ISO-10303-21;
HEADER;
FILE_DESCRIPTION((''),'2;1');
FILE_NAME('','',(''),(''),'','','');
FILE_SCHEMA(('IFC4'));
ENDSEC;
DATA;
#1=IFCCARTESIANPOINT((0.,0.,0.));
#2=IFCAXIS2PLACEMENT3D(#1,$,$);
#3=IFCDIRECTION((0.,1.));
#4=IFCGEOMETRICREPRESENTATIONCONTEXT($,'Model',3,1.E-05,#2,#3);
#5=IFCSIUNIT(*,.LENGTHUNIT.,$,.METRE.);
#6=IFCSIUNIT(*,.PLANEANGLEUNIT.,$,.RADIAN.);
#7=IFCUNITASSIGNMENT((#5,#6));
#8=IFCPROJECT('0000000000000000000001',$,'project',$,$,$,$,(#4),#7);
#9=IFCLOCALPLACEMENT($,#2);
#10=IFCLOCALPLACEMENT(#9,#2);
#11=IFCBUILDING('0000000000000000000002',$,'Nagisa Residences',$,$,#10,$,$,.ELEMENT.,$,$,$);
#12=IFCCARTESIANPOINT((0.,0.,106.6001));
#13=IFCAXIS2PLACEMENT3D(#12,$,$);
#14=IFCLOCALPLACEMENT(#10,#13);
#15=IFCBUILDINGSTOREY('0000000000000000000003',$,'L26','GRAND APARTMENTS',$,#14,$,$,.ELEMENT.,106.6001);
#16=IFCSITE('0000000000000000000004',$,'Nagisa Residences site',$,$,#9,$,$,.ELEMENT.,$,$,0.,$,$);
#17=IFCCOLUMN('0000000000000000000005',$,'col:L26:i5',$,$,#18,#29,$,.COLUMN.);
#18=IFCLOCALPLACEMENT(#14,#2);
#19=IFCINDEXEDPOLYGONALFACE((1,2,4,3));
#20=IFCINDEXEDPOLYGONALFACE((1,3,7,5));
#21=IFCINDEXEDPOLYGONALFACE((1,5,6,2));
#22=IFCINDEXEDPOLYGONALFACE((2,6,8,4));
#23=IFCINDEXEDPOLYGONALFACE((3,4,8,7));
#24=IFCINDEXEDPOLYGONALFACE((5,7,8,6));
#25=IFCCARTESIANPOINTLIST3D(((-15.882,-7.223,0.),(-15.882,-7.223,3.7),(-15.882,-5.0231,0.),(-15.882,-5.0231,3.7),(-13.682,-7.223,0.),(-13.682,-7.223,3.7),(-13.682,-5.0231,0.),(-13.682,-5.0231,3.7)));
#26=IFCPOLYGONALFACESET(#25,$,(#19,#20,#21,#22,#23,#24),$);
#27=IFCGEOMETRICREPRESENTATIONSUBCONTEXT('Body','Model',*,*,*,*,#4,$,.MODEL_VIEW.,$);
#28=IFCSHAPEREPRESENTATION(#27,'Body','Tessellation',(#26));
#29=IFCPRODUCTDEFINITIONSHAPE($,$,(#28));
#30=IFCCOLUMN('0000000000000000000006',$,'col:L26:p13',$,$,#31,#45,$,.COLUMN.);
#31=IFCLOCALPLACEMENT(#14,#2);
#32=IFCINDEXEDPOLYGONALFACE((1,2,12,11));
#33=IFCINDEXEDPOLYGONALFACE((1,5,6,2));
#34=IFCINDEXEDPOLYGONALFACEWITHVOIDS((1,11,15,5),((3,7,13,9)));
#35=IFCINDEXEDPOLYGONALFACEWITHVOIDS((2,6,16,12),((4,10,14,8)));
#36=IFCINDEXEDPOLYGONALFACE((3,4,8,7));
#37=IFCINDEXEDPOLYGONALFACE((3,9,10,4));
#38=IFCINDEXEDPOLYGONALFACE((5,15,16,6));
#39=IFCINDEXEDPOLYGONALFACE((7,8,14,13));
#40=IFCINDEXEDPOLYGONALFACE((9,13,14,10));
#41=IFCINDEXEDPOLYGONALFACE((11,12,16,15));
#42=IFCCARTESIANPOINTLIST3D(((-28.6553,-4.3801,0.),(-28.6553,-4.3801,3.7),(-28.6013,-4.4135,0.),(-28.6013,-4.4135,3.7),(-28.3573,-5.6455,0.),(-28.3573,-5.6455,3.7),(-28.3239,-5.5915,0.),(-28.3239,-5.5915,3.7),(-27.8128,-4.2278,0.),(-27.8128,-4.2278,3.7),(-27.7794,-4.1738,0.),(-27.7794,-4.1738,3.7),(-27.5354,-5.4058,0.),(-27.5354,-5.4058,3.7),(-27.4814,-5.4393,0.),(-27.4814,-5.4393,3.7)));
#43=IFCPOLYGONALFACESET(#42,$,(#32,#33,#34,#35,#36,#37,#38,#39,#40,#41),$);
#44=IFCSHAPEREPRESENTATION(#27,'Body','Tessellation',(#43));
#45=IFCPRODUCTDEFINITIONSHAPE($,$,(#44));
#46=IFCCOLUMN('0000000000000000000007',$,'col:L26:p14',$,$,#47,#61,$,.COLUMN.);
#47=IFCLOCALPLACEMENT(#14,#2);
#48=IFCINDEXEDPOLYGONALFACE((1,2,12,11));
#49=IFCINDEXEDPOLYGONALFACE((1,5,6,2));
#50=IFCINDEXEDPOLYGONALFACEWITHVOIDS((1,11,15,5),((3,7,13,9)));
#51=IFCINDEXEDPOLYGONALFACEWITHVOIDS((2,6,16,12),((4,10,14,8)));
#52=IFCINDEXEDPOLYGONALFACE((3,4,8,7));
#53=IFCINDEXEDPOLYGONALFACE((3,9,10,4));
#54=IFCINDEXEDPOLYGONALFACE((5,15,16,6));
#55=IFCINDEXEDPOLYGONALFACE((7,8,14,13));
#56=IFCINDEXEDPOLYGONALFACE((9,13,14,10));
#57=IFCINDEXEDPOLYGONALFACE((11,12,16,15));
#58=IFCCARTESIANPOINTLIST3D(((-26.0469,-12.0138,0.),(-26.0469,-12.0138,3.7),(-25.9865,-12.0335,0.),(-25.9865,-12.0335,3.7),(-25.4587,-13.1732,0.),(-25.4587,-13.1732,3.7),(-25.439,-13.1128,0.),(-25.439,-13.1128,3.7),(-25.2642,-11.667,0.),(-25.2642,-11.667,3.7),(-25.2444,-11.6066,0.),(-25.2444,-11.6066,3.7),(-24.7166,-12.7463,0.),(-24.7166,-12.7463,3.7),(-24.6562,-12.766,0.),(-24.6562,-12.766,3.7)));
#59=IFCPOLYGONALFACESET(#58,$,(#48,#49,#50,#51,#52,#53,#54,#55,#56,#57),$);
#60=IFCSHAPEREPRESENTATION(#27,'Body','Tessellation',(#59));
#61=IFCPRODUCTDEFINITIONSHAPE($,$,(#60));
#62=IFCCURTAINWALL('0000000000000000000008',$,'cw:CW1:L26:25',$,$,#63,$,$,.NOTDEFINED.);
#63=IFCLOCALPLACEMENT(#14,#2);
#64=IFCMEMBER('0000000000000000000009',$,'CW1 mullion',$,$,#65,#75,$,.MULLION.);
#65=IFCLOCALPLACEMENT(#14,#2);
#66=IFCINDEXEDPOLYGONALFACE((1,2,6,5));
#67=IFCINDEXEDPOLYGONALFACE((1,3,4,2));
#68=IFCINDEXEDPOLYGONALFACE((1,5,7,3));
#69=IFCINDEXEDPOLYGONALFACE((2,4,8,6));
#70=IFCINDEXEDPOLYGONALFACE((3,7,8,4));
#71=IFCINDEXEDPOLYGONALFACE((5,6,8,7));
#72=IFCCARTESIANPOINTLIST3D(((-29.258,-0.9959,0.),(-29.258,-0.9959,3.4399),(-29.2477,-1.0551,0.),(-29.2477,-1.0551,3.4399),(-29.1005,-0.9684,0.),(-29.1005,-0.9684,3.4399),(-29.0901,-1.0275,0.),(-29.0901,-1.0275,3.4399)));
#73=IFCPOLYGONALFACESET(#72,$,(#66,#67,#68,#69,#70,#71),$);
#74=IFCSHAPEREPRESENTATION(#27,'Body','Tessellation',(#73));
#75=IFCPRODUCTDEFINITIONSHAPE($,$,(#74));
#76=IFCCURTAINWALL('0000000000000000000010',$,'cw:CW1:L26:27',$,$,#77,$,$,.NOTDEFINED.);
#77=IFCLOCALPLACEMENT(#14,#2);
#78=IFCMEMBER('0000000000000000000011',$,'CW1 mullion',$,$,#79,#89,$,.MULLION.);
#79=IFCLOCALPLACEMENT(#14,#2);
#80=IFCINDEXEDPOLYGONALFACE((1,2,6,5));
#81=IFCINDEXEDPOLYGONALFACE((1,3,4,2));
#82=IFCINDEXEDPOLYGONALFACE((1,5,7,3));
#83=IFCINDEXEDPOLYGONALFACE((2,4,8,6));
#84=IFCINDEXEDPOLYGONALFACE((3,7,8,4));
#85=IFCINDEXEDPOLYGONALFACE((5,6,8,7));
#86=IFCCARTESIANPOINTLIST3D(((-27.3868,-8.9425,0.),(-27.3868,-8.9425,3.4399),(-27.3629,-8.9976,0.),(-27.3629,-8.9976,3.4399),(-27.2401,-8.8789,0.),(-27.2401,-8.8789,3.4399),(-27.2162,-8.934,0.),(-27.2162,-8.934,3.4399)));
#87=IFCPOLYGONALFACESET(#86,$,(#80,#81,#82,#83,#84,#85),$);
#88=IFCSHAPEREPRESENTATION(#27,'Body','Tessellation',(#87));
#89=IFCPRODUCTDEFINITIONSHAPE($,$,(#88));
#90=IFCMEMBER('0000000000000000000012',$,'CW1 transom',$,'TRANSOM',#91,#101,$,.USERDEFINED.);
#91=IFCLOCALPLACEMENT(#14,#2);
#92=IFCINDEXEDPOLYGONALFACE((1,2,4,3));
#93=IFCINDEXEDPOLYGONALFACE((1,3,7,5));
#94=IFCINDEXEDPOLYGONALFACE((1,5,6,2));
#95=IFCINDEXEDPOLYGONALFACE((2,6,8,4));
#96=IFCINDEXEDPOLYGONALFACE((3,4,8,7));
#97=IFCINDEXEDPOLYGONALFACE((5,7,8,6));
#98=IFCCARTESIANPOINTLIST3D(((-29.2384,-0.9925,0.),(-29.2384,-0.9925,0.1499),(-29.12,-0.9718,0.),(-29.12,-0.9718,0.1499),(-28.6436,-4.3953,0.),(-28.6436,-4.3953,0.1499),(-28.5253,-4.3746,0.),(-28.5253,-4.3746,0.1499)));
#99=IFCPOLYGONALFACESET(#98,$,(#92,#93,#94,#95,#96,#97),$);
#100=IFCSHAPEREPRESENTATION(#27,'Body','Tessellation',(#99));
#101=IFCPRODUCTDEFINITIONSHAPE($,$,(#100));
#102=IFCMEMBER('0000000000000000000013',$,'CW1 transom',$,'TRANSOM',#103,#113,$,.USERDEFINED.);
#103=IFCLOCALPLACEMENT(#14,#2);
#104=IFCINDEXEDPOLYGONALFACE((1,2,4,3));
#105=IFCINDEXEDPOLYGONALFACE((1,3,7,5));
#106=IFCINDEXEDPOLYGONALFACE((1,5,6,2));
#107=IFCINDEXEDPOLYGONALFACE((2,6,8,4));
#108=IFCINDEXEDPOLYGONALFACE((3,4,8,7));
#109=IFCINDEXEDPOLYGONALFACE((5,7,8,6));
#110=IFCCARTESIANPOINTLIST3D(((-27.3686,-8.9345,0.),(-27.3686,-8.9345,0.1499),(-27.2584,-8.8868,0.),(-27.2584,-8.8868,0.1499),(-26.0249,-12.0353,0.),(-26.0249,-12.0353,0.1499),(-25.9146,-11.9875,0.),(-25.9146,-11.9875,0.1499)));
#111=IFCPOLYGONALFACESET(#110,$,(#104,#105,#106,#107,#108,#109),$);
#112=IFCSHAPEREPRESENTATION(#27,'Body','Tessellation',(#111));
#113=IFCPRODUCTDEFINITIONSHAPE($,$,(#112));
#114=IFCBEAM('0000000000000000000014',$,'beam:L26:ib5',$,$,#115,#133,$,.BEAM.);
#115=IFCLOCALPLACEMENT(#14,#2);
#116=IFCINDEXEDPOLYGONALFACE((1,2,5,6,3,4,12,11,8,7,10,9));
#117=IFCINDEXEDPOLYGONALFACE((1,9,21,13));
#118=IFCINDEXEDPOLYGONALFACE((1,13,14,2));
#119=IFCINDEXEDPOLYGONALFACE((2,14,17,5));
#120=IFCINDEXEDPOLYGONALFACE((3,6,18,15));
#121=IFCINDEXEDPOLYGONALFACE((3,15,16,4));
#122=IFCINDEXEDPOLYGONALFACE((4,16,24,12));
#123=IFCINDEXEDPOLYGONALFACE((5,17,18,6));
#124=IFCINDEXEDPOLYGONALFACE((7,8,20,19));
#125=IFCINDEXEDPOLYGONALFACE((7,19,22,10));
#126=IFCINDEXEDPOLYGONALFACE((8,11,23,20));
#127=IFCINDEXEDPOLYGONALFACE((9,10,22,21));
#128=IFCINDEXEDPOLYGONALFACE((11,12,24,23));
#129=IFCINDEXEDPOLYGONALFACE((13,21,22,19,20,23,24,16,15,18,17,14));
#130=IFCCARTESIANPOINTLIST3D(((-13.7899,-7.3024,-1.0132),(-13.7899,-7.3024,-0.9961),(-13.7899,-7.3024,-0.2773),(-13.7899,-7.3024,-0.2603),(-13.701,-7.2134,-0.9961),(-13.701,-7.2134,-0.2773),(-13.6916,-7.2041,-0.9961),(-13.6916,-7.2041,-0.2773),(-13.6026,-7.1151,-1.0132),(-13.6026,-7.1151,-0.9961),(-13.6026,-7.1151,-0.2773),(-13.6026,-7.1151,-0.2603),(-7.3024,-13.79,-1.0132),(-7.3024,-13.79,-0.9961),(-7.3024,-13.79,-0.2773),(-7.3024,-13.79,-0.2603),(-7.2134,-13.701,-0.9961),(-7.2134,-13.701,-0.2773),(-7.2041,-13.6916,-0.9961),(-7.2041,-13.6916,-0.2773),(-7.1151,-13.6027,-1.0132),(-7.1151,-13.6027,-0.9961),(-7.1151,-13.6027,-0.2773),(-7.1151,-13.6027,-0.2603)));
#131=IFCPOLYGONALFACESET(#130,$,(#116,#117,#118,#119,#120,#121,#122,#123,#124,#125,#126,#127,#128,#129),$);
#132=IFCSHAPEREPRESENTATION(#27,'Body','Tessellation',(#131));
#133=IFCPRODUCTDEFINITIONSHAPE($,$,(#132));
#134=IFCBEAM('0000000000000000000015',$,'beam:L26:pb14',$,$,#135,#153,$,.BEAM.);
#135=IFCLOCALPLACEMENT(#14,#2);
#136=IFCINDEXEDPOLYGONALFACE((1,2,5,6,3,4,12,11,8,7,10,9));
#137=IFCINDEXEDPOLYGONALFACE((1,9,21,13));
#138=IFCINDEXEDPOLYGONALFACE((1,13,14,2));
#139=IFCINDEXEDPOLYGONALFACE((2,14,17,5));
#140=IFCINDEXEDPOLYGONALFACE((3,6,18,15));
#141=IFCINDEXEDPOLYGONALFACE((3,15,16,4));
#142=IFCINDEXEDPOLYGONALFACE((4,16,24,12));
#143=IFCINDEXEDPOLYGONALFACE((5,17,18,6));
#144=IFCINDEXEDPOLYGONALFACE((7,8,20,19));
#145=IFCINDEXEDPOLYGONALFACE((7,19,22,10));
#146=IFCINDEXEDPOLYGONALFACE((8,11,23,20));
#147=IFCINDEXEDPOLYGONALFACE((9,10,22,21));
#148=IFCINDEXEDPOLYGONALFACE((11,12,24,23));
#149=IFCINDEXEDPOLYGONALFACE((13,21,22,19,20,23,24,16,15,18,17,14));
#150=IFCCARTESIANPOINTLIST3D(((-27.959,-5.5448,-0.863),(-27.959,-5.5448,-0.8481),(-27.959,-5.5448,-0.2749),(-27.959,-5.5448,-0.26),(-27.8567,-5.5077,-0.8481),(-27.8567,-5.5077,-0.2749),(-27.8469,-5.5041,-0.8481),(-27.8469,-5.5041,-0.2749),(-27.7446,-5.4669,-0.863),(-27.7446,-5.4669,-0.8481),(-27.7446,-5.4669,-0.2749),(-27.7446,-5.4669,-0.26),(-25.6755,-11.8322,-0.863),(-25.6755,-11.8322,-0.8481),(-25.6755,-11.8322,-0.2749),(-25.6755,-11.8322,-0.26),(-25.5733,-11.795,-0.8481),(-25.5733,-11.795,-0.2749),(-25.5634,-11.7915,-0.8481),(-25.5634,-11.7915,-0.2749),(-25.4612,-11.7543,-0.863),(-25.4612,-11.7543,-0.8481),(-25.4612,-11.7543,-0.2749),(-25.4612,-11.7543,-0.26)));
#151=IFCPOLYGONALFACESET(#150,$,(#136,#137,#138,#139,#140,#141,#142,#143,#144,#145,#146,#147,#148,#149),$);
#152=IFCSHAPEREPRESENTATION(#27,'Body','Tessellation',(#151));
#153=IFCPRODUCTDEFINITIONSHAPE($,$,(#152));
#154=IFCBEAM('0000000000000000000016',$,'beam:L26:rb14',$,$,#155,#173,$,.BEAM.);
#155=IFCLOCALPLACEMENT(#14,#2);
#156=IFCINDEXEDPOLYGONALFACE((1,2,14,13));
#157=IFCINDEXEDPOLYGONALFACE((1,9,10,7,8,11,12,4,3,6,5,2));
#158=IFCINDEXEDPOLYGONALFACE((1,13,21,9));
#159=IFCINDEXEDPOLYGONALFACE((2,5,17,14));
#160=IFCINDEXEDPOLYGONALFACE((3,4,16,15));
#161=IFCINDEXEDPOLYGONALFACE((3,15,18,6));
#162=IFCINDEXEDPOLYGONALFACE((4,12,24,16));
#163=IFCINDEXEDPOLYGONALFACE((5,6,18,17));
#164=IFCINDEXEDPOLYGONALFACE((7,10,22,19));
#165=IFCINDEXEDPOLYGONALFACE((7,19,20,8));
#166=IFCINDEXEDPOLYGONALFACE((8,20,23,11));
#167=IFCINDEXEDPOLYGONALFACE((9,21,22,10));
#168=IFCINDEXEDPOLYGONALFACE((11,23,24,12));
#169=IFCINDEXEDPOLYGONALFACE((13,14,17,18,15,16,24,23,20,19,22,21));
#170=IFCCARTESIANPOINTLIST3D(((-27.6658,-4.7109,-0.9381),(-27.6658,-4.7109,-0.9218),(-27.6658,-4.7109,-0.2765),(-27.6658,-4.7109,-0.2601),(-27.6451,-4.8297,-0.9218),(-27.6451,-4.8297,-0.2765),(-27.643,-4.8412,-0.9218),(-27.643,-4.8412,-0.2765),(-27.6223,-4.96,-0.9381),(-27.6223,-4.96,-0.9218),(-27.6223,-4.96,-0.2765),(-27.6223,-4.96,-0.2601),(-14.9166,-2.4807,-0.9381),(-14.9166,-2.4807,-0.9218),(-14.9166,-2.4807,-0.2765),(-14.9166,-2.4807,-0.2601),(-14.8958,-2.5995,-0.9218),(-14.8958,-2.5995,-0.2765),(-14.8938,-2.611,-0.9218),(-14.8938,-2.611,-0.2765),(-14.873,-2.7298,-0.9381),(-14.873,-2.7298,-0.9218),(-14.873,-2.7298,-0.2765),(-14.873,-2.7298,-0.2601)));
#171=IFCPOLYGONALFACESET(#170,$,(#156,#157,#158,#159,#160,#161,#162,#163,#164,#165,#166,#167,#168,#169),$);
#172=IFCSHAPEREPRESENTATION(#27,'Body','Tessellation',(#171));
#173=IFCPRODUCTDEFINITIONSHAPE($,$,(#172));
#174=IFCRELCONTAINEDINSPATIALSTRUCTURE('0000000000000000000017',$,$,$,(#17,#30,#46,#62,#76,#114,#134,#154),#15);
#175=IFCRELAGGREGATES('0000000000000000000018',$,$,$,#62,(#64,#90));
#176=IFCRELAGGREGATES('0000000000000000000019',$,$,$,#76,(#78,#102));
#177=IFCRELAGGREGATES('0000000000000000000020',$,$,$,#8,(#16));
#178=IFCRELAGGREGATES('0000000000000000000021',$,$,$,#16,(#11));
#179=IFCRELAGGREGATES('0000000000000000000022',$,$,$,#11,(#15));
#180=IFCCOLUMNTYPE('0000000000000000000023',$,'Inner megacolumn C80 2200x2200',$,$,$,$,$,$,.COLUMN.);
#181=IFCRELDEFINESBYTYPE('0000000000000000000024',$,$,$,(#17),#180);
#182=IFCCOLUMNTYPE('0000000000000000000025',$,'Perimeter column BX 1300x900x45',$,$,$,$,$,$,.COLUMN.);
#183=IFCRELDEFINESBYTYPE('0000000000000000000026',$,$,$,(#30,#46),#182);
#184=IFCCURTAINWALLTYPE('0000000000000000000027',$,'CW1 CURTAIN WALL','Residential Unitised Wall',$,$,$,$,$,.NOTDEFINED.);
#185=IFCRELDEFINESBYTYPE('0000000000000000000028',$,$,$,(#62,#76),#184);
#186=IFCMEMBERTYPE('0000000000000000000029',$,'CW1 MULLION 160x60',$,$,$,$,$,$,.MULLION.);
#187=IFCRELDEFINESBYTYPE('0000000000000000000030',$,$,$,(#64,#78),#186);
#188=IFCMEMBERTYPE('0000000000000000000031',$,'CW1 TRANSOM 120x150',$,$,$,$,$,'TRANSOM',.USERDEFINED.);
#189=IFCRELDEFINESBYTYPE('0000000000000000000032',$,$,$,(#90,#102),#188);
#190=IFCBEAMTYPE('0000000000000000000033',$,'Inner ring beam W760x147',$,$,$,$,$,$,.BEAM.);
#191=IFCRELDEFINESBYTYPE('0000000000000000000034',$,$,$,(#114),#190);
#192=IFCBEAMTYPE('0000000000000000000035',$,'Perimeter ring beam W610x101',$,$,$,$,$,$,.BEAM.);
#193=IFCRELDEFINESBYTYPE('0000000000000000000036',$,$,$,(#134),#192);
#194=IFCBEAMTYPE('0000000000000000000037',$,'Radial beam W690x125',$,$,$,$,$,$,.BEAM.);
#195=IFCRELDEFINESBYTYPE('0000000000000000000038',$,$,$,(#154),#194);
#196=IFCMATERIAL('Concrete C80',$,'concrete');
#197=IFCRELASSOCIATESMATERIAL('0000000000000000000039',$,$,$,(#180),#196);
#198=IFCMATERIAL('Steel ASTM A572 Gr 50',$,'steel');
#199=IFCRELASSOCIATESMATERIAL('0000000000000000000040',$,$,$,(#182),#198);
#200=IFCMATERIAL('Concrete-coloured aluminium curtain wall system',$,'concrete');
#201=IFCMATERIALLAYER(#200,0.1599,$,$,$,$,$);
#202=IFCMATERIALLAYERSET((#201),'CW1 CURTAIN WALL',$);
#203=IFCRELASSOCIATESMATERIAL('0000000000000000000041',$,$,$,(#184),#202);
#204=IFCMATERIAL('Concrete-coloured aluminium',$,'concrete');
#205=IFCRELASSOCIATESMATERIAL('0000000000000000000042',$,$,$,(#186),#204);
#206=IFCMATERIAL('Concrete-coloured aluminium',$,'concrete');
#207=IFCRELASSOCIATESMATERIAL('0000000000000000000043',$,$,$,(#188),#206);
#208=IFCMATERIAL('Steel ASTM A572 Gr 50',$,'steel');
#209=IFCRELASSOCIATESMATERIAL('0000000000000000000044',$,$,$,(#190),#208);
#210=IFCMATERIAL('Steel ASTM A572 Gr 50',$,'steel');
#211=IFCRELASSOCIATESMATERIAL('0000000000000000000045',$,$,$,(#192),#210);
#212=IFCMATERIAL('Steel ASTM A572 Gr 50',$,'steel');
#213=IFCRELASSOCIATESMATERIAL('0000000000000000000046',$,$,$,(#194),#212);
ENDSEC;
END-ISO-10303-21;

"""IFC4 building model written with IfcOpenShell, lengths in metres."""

from ifc_helpers import new_model, si_unit, direction, frame, origin, origin_2d, place, context, subcontext, project, spatial, rectangle, hollow_rectangle, i_section, extrude, material, layer, layer_set, material_profile, profile_set, type_object, element, aggregate, save


model = new_model("IFC4")

# Units and contexts
model_context = context("Model", 3, precision=1e-05, world=origin(), true_north=direction((0.0, 1.0)))
body_context = subcontext(model_context, "Body", "Model", "MODEL_VIEW")
ifc_project = project(units=[si_unit("LENGTHUNIT", "METRE"), si_unit("PLANEANGLEUNIT", "RADIAN")], contexts=[model_context])

# Site, building, storey
site_placement = place(None, origin())
site = spatial("IfcSite", under=ifc_project, at=site_placement, Name="Nagisa Residences site", CompositionType="ELEMENT", RefElevation=0.0)
building_placement = place(site_placement, origin())
building = spatial("IfcBuilding", under=site, at=building_placement, Name="Nagisa Residences", CompositionType="ELEMENT")
storey_placement = place(building_placement, frame((0.0, 0.0, 106.6001)))
storey = spatial("IfcBuildingStorey", under=building, at=storey_placement, Name="L26", Description="GRAND APARTMENTS", CompositionType="ELEMENT", Elevation=106.6001)

# Columns
ifc_material_1 = material(Name="Concrete C80", Category="concrete")
ifc_material_profile_1 = material_profile(ifc_material_1, rectangle(XDim=2.2, YDim=2.2, at=origin_2d()), Name="C80 2200x2200")
ifc_profile_set_1 = profile_set([ifc_material_profile_1], Name="Concrete C80")
column_type_1 = type_object("IfcColumnType", Name="Inner megacolumn C80 2200x2200", PredefinedType="COLUMN", material=ifc_profile_set_1)
column_placement = place(storey_placement, frame((-14.782, -6.123, 0.0), z_axis=(0.0, 0.0, 1.0), x_axis=(1.0, 0.0, 0.0)))
element("IfcColumn", 1, at=column_placement, inside=storey, type_object=column_type_1, Name="col:L26:i5", PredefinedType="COLUMN", context=body_context, shape_type="SweptSolid", body=[
    extrude(rectangle(XDim=2.2, YDim=2.2, at=origin_2d()), origin(), (0.0, 0.0, 1.0), 3.7),
])
ifc_material_2 = material(Name="Steel ASTM A572 Gr 50", Category="steel")
ifc_material_profile_2 = material_profile(ifc_material_2, hollow_rectangle(XDim=1.3, YDim=0.8999, WallThickness=0.0449, at=origin_2d()), Name="BX 1300x900x45")
ifc_profile_set_2 = profile_set([ifc_material_profile_2], Name="Steel ASTM A572 Gr 50")
column_type_2 = type_object("IfcColumnType", Name="Perimeter column BX 1300x900x45", PredefinedType="COLUMN", material=ifc_profile_set_2)
for number, where, z_axis, x_axis, name in (
    (2, (-28.0684, -4.9097, 0.0), (0.0, 0.0, 1.0), (0.229202, -0.973379, 0.0), "col:L26:p13"),
    (3, (-25.3516, -12.3899, 0.0), (0.0, 0.0, 1.0), (0.452463, -0.891783, 0.0), "col:L26:p14"),
):
    element("IfcColumn", number, at=place(storey_placement, frame(where, z_axis=z_axis, x_axis=x_axis)), inside=storey, type_object=column_type_2, Name=name, PredefinedType="COLUMN", context=body_context, shape_type="SweptSolid", body=[
        extrude(hollow_rectangle(XDim=1.3, YDim=0.8999, WallThickness=0.0449, at=origin_2d()), origin(), (0.0, 0.0, 1.0), 3.7),
    ])

# Curtain walls, members
ifc_material_3 = material(Name="Concrete-coloured aluminium curtain wall system", Category="concrete")
ifc_layer_1 = layer(ifc_material_3, 0.1599)
ifc_layer_set_1 = layer_set([ifc_layer_1], Name="CW1 CURTAIN WALL")
curtain_wall_type = type_object("IfcCurtainWallType", Name="CW1 CURTAIN WALL", Description="Residential Unitised Wall", PredefinedType="NOTDEFINED", material=ifc_layer_set_1)
curtain_wall_1_placement = place(storey_placement, origin())
curtain_wall_1 = element("IfcCurtainWall", 4, at=curtain_wall_1_placement, inside=storey, type_object=curtain_wall_type, Name="cw:CW1:L26:25", PredefinedType="NOTDEFINED")
ifc_material_4 = material(Name="Concrete-coloured aluminium", Category="concrete")
ifc_material_profile_3 = material_profile(ifc_material_4, rectangle(XDim=0.1599, YDim=0.0601, at=origin_2d()), Name="CW1 MULLION 160x60")
ifc_profile_set_3 = profile_set([ifc_material_profile_3], Name="Concrete-coloured aluminium")
member_type_1 = type_object("IfcMemberType", Name="CW1 MULLION 160x60", PredefinedType="MULLION", material=ifc_profile_set_3)
member_1_placement = place(storey_placement, frame((-29.1741, -1.0117, 0.0), z_axis=(0.0, 0.0, 1.0), x_axis=(0.985064, 0.172191, 0.0)))
member_1 = element("IfcMember", 5, at=member_1_placement, type_object=member_type_1, Name="CW1 mullion", PredefinedType="MULLION", context=body_context, shape_type="SweptSolid", body=[
    extrude(rectangle(XDim=0.1599, YDim=0.0601, at=origin_2d()), origin(), (0.0, 0.0, 1.0), 3.4399),
])
curtain_wall_2_placement = place(storey_placement, origin())
curtain_wall_2 = element("IfcCurtainWall", 6, at=curtain_wall_2_placement, inside=storey, type_object=curtain_wall_type, Name="cw:CW1:L26:27", PredefinedType="NOTDEFINED")
member_2_placement = place(storey_placement, frame((-27.3015, -8.9382, 0.0), z_axis=(0.0, 0.0, 1.0), x_axis=(0.917543, 0.397636, 0.0)))
member_2 = element("IfcMember", 7, at=member_2_placement, type_object=member_type_1, Name="CW1 mullion", PredefinedType="MULLION", context=body_context, shape_type="SweptSolid", body=[
    extrude(rectangle(XDim=0.1599, YDim=0.0601, at=origin_2d()), origin(), (0.0, 0.0, 1.0), 3.4399),
])

# Members
ifc_material_5 = material(Name="Concrete-coloured aluminium", Category="concrete")
ifc_material_profile_4 = material_profile(ifc_material_5, rectangle(XDim=0.1201, YDim=0.1499, at=origin_2d()), Name="CW1 TRANSOM 120x150")
ifc_profile_set_4 = profile_set([ifc_material_profile_4], Name="Concrete-coloured aluminium")
member_type_2 = type_object("IfcMemberType", Name="CW1 TRANSOM 120x150", ElementType="TRANSOM", PredefinedType="USERDEFINED", material=ifc_profile_set_4)
member_3_placement = place(storey_placement, frame((-29.1792, -0.9822, 0.075), z_axis=(0.172164, -0.985068, 0.0), x_axis=(0.985068, 0.172164, 0.0)))
member_3 = element("IfcMember", 8, at=member_3_placement, type_object=member_type_2, Name="CW1 transom", ObjectType="TRANSOM", PredefinedType="USERDEFINED", context=body_context, shape_type="SweptSolid", body=[
    extrude(rectangle(XDim=0.1201, YDim=0.1499, at=origin_2d()), origin(), (0.0, 0.0, 1.0), 3.4543),
])
member_4_placement = place(storey_placement, frame((-27.3135, -8.9106, 0.075), z_axis=(0.397622, -0.917549, 0.0), x_axis=(0.917549, 0.397622, 0.0)))
member_4 = element("IfcMember", 9, at=member_4_placement, type_object=member_type_2, Name="CW1 transom", ObjectType="TRANSOM", PredefinedType="USERDEFINED", context=body_context, shape_type="SweptSolid", body=[
    extrude(rectangle(XDim=0.1201, YDim=0.1499, at=origin_2d()), origin(), (0.0, 0.0, 1.0), 3.3794),
])

# Beams
ifc_material_6 = material(Name="Steel ASTM A572 Gr 50", Category="steel")
ifc_material_profile_5 = material_profile(ifc_material_6, i_section(OverallWidth=0.2649, OverallDepth=0.7529, WebThickness=0.0132, FlangeThickness=0.0171, at=origin_2d()), Name="W760x147")
ifc_profile_set_5 = profile_set([ifc_material_profile_5], Name="Steel ASTM A572 Gr 50")
beam_type_1 = type_object("IfcBeamType", Name="Inner ring beam W760x147", PredefinedType="BEAM", material=ifc_profile_set_5)
beam_1_placement = place(storey_placement, frame((-13.6963, -7.2087, -0.6367), z_axis=(0.707107, -0.707107, 0.0), x_axis=(0.707107, 0.707107, 0.0)))
element("IfcBeam", 10, at=beam_1_placement, inside=storey, type_object=beam_type_1, Name="beam:L26:ib5", PredefinedType="BEAM", context=body_context, shape_type="SweptSolid", body=[
    extrude(i_section(OverallWidth=0.2649, OverallDepth=0.7529, WebThickness=0.0132, FlangeThickness=0.0171, at=origin_2d()), origin(), (0.0, 0.0, 1.0), 9.1748),
])
ifc_material_7 = material(Name="Steel ASTM A572 Gr 50", Category="steel")
ifc_material_profile_6 = material_profile(ifc_material_7, i_section(OverallWidth=0.228, OverallDepth=0.603, WebThickness=0.0105, FlangeThickness=0.0149, at=origin_2d()), Name="W610x101")
ifc_profile_set_6 = profile_set([ifc_material_profile_6], Name="Steel ASTM A572 Gr 50")
beam_type_2 = type_object("IfcBeamType", Name="Perimeter ring beam W610x101", PredefinedType="BEAM", material=ifc_profile_set_6)
beam_2_placement = place(storey_placement, frame((-27.8518, -5.5059, -0.5615), z_axis=(0.341365, -0.939931, 0.0), x_axis=(0.939931, 0.341365, 0.0)))
element("IfcBeam", 11, at=beam_2_placement, inside=storey, type_object=beam_type_2, Name="beam:L26:pb14", PredefinedType="BEAM", context=body_context, shape_type="SweptSolid", body=[
    extrude(i_section(OverallWidth=0.228, OverallDepth=0.603, WebThickness=0.0105, FlangeThickness=0.0149, at=origin_2d()), origin(), (0.0, 0.0, 1.0), 6.6892),
])
ifc_material_8 = material(Name="Steel ASTM A572 Gr 50", Category="steel")
ifc_material_profile_7 = material_profile(ifc_material_8, i_section(OverallWidth=0.2529, OverallDepth=0.678, WebThickness=0.0117, FlangeThickness=0.0164, at=origin_2d()), Name="W690x125")
ifc_profile_set_7 = profile_set([ifc_material_profile_7], Name="Steel ASTM A572 Gr 50")
beam_type_3 = type_object("IfcBeamType", Name="Radial beam W690x125", PredefinedType="BEAM", material=ifc_profile_set_7)
beam_3_placement = place(storey_placement, frame((-27.644, -4.8354, -0.5991), z_axis=(0.985042, 0.172313, 0.0), x_axis=(-0.172313, 0.985042, 0.0)))
element("IfcBeam", 12, at=beam_3_placement, inside=storey, type_object=beam_type_3, Name="beam:L26:rb14", PredefinedType="BEAM", context=body_context, shape_type="SweptSolid", body=[
    extrude(i_section(OverallWidth=0.2529, OverallDepth=0.678, WebThickness=0.0117, FlangeThickness=0.0164, at=origin_2d()), origin(), (0.0, 0.0, 1.0), 12.9429),
])

aggregate(curtain_wall_1, [member_1, member_3])
aggregate(curtain_wall_2, [member_2, member_4])

save(model, "model.ifc")
